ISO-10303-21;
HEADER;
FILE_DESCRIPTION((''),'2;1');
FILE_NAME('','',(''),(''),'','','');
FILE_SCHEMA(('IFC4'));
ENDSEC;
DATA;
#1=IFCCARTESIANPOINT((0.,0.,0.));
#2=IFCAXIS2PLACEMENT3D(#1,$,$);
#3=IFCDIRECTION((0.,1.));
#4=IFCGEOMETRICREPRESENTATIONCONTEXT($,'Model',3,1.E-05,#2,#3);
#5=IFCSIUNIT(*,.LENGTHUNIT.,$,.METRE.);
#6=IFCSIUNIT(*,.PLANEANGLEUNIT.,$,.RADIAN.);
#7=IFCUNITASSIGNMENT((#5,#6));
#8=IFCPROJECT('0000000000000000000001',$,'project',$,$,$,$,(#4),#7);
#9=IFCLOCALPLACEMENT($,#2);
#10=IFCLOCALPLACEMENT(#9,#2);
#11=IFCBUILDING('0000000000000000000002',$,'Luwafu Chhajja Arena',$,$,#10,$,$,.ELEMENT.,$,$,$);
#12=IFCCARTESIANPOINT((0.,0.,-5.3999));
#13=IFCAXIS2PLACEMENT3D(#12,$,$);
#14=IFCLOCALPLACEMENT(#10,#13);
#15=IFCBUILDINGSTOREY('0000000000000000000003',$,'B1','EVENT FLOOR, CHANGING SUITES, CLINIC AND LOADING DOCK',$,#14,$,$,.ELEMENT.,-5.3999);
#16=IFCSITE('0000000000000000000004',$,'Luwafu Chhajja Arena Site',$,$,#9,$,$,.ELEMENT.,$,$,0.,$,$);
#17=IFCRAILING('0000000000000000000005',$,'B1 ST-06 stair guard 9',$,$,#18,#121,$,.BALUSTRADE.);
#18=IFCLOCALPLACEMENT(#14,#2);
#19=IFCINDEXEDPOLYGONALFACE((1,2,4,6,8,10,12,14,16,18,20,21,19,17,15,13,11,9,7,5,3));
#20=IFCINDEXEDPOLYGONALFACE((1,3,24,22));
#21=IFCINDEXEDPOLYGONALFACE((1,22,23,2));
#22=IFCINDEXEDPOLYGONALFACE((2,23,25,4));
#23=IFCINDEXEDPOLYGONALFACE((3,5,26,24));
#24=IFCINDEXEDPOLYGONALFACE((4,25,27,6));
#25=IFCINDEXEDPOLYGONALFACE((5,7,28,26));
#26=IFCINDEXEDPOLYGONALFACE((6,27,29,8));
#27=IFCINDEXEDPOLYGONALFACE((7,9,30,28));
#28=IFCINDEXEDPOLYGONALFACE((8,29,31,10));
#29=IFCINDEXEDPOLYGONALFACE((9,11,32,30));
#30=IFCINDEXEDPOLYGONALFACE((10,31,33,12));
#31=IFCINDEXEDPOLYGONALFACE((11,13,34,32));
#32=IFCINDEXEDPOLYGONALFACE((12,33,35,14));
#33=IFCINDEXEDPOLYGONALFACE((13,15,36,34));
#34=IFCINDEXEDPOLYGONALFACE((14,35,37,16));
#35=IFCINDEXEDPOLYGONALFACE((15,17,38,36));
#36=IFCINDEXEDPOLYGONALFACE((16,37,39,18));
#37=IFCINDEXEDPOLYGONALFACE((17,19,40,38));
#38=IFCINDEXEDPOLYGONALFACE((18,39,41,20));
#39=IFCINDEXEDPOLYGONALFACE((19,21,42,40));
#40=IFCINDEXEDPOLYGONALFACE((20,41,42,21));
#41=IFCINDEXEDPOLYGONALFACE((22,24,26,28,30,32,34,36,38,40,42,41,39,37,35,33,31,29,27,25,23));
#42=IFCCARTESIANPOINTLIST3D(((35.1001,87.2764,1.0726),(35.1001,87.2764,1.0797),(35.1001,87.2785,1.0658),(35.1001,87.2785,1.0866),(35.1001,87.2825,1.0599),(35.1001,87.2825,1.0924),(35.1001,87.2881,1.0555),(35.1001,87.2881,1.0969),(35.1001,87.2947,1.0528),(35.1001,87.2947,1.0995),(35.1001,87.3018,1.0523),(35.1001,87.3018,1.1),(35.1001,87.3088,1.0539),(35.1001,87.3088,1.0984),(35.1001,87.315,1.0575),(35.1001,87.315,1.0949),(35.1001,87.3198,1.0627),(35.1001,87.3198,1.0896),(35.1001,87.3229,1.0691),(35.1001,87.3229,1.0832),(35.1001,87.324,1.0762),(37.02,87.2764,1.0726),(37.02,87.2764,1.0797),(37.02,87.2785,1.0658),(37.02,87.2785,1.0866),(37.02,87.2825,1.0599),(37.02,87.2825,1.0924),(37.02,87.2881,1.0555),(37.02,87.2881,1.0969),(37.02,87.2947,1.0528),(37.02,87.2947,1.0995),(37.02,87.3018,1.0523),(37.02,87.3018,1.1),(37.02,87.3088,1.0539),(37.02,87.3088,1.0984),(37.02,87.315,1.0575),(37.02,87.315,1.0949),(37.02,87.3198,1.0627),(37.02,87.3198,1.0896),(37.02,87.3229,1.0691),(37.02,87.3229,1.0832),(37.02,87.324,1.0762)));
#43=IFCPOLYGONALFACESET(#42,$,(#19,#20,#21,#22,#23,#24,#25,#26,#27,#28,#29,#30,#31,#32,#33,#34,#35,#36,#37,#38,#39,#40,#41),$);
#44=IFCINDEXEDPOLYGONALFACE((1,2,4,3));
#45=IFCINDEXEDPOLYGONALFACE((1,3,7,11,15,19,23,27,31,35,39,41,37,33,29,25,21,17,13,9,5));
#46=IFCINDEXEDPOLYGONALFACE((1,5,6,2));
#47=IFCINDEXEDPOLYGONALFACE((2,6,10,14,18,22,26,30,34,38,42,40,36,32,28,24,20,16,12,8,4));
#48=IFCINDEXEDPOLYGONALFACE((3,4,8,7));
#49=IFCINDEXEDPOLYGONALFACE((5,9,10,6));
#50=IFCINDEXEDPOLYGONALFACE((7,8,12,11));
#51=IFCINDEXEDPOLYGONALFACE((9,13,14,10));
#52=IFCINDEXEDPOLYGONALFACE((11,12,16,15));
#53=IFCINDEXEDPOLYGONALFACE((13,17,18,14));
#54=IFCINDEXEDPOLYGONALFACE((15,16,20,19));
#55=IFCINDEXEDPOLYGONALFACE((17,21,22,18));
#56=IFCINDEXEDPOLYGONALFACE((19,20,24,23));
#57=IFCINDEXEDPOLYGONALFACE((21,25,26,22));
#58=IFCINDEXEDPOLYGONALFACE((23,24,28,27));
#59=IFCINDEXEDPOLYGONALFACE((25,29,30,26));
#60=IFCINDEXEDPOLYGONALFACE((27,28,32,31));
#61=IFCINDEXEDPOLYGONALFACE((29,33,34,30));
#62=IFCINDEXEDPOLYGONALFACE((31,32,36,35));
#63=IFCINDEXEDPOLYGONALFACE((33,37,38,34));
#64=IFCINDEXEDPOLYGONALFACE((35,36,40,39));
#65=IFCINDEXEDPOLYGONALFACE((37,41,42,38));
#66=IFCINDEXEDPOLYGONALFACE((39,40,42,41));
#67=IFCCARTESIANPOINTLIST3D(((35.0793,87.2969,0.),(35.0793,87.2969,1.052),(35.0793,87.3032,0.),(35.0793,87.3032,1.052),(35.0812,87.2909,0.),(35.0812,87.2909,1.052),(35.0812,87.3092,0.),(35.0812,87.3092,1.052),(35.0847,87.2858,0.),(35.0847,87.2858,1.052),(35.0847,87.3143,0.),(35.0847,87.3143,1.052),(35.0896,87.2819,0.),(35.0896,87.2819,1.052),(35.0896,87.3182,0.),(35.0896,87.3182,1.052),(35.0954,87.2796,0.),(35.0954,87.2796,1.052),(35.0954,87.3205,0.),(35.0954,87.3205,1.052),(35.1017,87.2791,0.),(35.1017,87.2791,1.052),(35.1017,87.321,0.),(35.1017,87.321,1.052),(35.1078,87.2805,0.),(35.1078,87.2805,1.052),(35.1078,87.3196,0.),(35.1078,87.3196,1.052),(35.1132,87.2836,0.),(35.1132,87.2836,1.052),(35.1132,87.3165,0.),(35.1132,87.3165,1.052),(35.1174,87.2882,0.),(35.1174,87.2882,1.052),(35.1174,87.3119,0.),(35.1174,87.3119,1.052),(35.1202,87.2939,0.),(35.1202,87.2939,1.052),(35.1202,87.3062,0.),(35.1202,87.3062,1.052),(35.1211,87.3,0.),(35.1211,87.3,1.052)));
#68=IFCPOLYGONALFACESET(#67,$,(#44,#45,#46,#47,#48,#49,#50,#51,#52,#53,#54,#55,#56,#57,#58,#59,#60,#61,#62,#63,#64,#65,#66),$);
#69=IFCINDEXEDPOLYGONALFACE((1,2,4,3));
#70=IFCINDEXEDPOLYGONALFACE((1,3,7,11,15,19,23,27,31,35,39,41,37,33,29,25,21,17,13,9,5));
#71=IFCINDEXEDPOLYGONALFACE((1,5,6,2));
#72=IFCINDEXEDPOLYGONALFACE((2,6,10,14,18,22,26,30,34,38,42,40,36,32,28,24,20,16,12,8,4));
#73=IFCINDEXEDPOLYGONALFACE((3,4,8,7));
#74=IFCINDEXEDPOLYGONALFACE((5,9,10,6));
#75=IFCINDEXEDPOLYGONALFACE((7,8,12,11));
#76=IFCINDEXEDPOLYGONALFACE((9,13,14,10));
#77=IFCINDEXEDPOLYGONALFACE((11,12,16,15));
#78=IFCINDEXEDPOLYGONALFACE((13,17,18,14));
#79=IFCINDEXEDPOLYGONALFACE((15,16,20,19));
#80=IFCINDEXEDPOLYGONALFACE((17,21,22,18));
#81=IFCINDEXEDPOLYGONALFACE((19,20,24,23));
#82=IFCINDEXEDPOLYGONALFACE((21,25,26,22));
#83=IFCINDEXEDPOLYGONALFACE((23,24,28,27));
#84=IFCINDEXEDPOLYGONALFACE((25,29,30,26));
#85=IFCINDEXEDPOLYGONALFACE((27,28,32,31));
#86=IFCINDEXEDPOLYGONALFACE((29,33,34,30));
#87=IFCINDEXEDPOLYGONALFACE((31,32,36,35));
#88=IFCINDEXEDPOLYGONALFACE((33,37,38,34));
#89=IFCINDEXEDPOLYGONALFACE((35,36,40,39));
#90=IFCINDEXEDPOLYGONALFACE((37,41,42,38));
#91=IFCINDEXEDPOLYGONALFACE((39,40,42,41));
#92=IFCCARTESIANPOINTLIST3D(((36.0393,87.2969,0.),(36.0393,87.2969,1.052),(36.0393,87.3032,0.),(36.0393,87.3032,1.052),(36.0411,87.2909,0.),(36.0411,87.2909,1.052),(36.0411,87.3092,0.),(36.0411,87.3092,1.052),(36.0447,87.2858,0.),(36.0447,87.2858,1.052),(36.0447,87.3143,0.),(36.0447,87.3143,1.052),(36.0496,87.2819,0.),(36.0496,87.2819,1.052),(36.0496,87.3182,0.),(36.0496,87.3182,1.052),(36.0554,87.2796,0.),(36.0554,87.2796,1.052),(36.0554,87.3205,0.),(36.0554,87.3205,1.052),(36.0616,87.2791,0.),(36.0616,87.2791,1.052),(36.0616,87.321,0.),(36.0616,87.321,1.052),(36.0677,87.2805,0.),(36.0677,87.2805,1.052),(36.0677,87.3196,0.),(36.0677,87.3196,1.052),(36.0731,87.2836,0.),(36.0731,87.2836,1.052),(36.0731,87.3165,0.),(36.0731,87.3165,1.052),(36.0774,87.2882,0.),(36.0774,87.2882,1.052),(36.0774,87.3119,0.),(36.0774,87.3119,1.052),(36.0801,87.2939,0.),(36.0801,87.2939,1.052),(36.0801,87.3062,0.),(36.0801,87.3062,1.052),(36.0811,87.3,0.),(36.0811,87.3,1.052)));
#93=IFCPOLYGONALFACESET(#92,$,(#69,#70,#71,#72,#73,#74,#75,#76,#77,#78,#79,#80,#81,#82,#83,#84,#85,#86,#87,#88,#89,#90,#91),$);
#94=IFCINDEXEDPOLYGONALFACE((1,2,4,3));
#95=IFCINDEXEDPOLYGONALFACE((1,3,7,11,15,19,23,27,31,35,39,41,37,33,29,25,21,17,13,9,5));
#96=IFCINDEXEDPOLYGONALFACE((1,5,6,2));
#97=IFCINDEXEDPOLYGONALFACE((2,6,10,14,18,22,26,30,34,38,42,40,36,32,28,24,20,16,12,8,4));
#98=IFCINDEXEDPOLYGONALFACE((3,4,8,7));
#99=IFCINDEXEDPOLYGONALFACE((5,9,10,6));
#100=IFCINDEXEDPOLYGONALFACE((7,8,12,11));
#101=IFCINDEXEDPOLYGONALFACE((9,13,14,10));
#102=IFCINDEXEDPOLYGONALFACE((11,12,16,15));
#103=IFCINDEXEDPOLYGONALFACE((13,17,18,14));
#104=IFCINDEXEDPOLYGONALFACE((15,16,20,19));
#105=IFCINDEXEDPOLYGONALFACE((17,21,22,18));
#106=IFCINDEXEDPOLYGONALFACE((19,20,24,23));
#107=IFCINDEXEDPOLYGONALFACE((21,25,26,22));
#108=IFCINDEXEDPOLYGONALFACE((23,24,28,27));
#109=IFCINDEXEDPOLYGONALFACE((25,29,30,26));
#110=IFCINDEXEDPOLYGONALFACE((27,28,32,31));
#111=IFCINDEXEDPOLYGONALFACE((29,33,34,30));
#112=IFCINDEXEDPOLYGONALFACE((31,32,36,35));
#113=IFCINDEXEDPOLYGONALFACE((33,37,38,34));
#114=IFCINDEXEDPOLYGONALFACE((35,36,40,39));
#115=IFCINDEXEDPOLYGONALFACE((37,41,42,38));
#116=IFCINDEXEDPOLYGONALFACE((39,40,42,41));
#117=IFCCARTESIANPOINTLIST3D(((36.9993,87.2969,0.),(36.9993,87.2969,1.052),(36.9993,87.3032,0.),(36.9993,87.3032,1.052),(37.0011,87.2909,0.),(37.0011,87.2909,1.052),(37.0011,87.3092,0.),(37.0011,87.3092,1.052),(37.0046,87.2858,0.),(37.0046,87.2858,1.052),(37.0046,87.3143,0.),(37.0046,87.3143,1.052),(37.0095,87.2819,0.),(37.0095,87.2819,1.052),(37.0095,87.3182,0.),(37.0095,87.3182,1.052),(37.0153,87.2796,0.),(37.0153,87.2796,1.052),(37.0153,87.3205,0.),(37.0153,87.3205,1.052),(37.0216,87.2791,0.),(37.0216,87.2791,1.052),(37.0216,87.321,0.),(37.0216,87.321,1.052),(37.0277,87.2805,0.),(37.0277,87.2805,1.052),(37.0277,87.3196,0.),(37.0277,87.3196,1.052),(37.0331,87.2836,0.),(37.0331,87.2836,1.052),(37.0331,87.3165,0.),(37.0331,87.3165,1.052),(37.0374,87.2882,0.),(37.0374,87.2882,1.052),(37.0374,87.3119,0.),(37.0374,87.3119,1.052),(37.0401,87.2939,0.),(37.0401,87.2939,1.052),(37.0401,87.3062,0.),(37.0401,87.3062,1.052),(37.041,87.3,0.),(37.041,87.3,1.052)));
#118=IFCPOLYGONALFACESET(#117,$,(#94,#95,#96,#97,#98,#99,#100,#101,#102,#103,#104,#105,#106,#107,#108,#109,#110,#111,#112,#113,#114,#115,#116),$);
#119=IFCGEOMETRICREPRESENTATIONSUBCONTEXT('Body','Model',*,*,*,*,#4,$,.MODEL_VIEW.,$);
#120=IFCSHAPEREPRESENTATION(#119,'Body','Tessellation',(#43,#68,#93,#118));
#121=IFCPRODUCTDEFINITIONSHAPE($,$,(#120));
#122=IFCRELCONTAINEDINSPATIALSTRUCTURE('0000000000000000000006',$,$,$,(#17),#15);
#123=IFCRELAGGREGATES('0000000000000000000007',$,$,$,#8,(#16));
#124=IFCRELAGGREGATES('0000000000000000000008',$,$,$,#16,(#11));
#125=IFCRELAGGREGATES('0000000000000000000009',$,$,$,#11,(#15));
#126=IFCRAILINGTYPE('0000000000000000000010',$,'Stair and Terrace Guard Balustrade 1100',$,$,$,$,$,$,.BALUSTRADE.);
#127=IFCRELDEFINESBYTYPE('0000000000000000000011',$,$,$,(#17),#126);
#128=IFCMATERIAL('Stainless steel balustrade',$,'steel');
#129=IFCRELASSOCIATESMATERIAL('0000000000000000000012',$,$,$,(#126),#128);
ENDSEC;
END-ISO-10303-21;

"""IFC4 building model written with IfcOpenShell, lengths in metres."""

from ifc_helpers import new_model, si_unit, direction, frame, origin, origin_2d, place, context, subcontext, project, spatial, circle, extrude, material, type_object, element, save


model = new_model("IFC4")

# Units and contexts
model_context = context("Model", 3, precision=1e-05, world=origin(), true_north=direction((0.0, 1.0)))
body_context = subcontext(model_context, "Body", "Model", "MODEL_VIEW")
ifc_project = project(units=[si_unit("LENGTHUNIT", "METRE"), si_unit("PLANEANGLEUNIT", "RADIAN")], contexts=[model_context])

# Site, building, storey
site_placement = place(None, origin())
site = spatial("IfcSite", under=ifc_project, at=site_placement, Name="Luwafu Chhajja Arena Site", CompositionType="ELEMENT", RefElevation=0.0)
building_placement = place(site_placement, origin())
building = spatial("IfcBuilding", under=site, at=building_placement, Name="Luwafu Chhajja Arena", CompositionType="ELEMENT")
storey_placement = place(building_placement, frame((0.0, 0.0, -5.3999)))
storey = spatial("IfcBuildingStorey", under=building, at=storey_placement, Name="B1", Description="EVENT FLOOR, CHANGING SUITES, CLINIC AND LOADING DOCK", CompositionType="ELEMENT", Elevation=-5.3999)

# Railing
ifc_material_1 = material(Name="Stainless steel balustrade", Category="steel")
railing_type = type_object("IfcRailingType", Name="Stair and Terrace Guard Balustrade 1100", PredefinedType="BALUSTRADE", material=ifc_material_1)
for number, where, name in (
    (1, (35.1001, 87.3, 0.0), "B1 ST-06 stair guard 9"),
):
    element("IfcRailing", number, at=place(storey_placement, frame(where)), inside=storey, type_object=railing_type, Name=name, PredefinedType="BALUSTRADE", context=body_context, shape_type="SweptSolid", body=[
        extrude(circle(Radius=0.0239, at=origin_2d()), frame((0.0, 0.0, 1.0762), z_axis=(1.0, 0.0, 0.0), x_axis=(0.0, 1.0, 0.0)), (0.0, 0.0, 1.0), 1.9199),
        extrude(circle(Radius=0.021, at=origin_2d()), origin(), (0.0, 0.0, 1.0), 1.052),
        extrude(circle(Radius=0.021, at=origin_2d()), frame((0.96, 0.0, 0.0)), (0.0, 0.0, 1.0), 1.052),
        extrude(circle(Radius=0.021, at=origin_2d()), frame((1.9199, 0.0, 0.0)), (0.0, 0.0, 1.0), 1.052),
    ])

save(model, "model.ifc")
